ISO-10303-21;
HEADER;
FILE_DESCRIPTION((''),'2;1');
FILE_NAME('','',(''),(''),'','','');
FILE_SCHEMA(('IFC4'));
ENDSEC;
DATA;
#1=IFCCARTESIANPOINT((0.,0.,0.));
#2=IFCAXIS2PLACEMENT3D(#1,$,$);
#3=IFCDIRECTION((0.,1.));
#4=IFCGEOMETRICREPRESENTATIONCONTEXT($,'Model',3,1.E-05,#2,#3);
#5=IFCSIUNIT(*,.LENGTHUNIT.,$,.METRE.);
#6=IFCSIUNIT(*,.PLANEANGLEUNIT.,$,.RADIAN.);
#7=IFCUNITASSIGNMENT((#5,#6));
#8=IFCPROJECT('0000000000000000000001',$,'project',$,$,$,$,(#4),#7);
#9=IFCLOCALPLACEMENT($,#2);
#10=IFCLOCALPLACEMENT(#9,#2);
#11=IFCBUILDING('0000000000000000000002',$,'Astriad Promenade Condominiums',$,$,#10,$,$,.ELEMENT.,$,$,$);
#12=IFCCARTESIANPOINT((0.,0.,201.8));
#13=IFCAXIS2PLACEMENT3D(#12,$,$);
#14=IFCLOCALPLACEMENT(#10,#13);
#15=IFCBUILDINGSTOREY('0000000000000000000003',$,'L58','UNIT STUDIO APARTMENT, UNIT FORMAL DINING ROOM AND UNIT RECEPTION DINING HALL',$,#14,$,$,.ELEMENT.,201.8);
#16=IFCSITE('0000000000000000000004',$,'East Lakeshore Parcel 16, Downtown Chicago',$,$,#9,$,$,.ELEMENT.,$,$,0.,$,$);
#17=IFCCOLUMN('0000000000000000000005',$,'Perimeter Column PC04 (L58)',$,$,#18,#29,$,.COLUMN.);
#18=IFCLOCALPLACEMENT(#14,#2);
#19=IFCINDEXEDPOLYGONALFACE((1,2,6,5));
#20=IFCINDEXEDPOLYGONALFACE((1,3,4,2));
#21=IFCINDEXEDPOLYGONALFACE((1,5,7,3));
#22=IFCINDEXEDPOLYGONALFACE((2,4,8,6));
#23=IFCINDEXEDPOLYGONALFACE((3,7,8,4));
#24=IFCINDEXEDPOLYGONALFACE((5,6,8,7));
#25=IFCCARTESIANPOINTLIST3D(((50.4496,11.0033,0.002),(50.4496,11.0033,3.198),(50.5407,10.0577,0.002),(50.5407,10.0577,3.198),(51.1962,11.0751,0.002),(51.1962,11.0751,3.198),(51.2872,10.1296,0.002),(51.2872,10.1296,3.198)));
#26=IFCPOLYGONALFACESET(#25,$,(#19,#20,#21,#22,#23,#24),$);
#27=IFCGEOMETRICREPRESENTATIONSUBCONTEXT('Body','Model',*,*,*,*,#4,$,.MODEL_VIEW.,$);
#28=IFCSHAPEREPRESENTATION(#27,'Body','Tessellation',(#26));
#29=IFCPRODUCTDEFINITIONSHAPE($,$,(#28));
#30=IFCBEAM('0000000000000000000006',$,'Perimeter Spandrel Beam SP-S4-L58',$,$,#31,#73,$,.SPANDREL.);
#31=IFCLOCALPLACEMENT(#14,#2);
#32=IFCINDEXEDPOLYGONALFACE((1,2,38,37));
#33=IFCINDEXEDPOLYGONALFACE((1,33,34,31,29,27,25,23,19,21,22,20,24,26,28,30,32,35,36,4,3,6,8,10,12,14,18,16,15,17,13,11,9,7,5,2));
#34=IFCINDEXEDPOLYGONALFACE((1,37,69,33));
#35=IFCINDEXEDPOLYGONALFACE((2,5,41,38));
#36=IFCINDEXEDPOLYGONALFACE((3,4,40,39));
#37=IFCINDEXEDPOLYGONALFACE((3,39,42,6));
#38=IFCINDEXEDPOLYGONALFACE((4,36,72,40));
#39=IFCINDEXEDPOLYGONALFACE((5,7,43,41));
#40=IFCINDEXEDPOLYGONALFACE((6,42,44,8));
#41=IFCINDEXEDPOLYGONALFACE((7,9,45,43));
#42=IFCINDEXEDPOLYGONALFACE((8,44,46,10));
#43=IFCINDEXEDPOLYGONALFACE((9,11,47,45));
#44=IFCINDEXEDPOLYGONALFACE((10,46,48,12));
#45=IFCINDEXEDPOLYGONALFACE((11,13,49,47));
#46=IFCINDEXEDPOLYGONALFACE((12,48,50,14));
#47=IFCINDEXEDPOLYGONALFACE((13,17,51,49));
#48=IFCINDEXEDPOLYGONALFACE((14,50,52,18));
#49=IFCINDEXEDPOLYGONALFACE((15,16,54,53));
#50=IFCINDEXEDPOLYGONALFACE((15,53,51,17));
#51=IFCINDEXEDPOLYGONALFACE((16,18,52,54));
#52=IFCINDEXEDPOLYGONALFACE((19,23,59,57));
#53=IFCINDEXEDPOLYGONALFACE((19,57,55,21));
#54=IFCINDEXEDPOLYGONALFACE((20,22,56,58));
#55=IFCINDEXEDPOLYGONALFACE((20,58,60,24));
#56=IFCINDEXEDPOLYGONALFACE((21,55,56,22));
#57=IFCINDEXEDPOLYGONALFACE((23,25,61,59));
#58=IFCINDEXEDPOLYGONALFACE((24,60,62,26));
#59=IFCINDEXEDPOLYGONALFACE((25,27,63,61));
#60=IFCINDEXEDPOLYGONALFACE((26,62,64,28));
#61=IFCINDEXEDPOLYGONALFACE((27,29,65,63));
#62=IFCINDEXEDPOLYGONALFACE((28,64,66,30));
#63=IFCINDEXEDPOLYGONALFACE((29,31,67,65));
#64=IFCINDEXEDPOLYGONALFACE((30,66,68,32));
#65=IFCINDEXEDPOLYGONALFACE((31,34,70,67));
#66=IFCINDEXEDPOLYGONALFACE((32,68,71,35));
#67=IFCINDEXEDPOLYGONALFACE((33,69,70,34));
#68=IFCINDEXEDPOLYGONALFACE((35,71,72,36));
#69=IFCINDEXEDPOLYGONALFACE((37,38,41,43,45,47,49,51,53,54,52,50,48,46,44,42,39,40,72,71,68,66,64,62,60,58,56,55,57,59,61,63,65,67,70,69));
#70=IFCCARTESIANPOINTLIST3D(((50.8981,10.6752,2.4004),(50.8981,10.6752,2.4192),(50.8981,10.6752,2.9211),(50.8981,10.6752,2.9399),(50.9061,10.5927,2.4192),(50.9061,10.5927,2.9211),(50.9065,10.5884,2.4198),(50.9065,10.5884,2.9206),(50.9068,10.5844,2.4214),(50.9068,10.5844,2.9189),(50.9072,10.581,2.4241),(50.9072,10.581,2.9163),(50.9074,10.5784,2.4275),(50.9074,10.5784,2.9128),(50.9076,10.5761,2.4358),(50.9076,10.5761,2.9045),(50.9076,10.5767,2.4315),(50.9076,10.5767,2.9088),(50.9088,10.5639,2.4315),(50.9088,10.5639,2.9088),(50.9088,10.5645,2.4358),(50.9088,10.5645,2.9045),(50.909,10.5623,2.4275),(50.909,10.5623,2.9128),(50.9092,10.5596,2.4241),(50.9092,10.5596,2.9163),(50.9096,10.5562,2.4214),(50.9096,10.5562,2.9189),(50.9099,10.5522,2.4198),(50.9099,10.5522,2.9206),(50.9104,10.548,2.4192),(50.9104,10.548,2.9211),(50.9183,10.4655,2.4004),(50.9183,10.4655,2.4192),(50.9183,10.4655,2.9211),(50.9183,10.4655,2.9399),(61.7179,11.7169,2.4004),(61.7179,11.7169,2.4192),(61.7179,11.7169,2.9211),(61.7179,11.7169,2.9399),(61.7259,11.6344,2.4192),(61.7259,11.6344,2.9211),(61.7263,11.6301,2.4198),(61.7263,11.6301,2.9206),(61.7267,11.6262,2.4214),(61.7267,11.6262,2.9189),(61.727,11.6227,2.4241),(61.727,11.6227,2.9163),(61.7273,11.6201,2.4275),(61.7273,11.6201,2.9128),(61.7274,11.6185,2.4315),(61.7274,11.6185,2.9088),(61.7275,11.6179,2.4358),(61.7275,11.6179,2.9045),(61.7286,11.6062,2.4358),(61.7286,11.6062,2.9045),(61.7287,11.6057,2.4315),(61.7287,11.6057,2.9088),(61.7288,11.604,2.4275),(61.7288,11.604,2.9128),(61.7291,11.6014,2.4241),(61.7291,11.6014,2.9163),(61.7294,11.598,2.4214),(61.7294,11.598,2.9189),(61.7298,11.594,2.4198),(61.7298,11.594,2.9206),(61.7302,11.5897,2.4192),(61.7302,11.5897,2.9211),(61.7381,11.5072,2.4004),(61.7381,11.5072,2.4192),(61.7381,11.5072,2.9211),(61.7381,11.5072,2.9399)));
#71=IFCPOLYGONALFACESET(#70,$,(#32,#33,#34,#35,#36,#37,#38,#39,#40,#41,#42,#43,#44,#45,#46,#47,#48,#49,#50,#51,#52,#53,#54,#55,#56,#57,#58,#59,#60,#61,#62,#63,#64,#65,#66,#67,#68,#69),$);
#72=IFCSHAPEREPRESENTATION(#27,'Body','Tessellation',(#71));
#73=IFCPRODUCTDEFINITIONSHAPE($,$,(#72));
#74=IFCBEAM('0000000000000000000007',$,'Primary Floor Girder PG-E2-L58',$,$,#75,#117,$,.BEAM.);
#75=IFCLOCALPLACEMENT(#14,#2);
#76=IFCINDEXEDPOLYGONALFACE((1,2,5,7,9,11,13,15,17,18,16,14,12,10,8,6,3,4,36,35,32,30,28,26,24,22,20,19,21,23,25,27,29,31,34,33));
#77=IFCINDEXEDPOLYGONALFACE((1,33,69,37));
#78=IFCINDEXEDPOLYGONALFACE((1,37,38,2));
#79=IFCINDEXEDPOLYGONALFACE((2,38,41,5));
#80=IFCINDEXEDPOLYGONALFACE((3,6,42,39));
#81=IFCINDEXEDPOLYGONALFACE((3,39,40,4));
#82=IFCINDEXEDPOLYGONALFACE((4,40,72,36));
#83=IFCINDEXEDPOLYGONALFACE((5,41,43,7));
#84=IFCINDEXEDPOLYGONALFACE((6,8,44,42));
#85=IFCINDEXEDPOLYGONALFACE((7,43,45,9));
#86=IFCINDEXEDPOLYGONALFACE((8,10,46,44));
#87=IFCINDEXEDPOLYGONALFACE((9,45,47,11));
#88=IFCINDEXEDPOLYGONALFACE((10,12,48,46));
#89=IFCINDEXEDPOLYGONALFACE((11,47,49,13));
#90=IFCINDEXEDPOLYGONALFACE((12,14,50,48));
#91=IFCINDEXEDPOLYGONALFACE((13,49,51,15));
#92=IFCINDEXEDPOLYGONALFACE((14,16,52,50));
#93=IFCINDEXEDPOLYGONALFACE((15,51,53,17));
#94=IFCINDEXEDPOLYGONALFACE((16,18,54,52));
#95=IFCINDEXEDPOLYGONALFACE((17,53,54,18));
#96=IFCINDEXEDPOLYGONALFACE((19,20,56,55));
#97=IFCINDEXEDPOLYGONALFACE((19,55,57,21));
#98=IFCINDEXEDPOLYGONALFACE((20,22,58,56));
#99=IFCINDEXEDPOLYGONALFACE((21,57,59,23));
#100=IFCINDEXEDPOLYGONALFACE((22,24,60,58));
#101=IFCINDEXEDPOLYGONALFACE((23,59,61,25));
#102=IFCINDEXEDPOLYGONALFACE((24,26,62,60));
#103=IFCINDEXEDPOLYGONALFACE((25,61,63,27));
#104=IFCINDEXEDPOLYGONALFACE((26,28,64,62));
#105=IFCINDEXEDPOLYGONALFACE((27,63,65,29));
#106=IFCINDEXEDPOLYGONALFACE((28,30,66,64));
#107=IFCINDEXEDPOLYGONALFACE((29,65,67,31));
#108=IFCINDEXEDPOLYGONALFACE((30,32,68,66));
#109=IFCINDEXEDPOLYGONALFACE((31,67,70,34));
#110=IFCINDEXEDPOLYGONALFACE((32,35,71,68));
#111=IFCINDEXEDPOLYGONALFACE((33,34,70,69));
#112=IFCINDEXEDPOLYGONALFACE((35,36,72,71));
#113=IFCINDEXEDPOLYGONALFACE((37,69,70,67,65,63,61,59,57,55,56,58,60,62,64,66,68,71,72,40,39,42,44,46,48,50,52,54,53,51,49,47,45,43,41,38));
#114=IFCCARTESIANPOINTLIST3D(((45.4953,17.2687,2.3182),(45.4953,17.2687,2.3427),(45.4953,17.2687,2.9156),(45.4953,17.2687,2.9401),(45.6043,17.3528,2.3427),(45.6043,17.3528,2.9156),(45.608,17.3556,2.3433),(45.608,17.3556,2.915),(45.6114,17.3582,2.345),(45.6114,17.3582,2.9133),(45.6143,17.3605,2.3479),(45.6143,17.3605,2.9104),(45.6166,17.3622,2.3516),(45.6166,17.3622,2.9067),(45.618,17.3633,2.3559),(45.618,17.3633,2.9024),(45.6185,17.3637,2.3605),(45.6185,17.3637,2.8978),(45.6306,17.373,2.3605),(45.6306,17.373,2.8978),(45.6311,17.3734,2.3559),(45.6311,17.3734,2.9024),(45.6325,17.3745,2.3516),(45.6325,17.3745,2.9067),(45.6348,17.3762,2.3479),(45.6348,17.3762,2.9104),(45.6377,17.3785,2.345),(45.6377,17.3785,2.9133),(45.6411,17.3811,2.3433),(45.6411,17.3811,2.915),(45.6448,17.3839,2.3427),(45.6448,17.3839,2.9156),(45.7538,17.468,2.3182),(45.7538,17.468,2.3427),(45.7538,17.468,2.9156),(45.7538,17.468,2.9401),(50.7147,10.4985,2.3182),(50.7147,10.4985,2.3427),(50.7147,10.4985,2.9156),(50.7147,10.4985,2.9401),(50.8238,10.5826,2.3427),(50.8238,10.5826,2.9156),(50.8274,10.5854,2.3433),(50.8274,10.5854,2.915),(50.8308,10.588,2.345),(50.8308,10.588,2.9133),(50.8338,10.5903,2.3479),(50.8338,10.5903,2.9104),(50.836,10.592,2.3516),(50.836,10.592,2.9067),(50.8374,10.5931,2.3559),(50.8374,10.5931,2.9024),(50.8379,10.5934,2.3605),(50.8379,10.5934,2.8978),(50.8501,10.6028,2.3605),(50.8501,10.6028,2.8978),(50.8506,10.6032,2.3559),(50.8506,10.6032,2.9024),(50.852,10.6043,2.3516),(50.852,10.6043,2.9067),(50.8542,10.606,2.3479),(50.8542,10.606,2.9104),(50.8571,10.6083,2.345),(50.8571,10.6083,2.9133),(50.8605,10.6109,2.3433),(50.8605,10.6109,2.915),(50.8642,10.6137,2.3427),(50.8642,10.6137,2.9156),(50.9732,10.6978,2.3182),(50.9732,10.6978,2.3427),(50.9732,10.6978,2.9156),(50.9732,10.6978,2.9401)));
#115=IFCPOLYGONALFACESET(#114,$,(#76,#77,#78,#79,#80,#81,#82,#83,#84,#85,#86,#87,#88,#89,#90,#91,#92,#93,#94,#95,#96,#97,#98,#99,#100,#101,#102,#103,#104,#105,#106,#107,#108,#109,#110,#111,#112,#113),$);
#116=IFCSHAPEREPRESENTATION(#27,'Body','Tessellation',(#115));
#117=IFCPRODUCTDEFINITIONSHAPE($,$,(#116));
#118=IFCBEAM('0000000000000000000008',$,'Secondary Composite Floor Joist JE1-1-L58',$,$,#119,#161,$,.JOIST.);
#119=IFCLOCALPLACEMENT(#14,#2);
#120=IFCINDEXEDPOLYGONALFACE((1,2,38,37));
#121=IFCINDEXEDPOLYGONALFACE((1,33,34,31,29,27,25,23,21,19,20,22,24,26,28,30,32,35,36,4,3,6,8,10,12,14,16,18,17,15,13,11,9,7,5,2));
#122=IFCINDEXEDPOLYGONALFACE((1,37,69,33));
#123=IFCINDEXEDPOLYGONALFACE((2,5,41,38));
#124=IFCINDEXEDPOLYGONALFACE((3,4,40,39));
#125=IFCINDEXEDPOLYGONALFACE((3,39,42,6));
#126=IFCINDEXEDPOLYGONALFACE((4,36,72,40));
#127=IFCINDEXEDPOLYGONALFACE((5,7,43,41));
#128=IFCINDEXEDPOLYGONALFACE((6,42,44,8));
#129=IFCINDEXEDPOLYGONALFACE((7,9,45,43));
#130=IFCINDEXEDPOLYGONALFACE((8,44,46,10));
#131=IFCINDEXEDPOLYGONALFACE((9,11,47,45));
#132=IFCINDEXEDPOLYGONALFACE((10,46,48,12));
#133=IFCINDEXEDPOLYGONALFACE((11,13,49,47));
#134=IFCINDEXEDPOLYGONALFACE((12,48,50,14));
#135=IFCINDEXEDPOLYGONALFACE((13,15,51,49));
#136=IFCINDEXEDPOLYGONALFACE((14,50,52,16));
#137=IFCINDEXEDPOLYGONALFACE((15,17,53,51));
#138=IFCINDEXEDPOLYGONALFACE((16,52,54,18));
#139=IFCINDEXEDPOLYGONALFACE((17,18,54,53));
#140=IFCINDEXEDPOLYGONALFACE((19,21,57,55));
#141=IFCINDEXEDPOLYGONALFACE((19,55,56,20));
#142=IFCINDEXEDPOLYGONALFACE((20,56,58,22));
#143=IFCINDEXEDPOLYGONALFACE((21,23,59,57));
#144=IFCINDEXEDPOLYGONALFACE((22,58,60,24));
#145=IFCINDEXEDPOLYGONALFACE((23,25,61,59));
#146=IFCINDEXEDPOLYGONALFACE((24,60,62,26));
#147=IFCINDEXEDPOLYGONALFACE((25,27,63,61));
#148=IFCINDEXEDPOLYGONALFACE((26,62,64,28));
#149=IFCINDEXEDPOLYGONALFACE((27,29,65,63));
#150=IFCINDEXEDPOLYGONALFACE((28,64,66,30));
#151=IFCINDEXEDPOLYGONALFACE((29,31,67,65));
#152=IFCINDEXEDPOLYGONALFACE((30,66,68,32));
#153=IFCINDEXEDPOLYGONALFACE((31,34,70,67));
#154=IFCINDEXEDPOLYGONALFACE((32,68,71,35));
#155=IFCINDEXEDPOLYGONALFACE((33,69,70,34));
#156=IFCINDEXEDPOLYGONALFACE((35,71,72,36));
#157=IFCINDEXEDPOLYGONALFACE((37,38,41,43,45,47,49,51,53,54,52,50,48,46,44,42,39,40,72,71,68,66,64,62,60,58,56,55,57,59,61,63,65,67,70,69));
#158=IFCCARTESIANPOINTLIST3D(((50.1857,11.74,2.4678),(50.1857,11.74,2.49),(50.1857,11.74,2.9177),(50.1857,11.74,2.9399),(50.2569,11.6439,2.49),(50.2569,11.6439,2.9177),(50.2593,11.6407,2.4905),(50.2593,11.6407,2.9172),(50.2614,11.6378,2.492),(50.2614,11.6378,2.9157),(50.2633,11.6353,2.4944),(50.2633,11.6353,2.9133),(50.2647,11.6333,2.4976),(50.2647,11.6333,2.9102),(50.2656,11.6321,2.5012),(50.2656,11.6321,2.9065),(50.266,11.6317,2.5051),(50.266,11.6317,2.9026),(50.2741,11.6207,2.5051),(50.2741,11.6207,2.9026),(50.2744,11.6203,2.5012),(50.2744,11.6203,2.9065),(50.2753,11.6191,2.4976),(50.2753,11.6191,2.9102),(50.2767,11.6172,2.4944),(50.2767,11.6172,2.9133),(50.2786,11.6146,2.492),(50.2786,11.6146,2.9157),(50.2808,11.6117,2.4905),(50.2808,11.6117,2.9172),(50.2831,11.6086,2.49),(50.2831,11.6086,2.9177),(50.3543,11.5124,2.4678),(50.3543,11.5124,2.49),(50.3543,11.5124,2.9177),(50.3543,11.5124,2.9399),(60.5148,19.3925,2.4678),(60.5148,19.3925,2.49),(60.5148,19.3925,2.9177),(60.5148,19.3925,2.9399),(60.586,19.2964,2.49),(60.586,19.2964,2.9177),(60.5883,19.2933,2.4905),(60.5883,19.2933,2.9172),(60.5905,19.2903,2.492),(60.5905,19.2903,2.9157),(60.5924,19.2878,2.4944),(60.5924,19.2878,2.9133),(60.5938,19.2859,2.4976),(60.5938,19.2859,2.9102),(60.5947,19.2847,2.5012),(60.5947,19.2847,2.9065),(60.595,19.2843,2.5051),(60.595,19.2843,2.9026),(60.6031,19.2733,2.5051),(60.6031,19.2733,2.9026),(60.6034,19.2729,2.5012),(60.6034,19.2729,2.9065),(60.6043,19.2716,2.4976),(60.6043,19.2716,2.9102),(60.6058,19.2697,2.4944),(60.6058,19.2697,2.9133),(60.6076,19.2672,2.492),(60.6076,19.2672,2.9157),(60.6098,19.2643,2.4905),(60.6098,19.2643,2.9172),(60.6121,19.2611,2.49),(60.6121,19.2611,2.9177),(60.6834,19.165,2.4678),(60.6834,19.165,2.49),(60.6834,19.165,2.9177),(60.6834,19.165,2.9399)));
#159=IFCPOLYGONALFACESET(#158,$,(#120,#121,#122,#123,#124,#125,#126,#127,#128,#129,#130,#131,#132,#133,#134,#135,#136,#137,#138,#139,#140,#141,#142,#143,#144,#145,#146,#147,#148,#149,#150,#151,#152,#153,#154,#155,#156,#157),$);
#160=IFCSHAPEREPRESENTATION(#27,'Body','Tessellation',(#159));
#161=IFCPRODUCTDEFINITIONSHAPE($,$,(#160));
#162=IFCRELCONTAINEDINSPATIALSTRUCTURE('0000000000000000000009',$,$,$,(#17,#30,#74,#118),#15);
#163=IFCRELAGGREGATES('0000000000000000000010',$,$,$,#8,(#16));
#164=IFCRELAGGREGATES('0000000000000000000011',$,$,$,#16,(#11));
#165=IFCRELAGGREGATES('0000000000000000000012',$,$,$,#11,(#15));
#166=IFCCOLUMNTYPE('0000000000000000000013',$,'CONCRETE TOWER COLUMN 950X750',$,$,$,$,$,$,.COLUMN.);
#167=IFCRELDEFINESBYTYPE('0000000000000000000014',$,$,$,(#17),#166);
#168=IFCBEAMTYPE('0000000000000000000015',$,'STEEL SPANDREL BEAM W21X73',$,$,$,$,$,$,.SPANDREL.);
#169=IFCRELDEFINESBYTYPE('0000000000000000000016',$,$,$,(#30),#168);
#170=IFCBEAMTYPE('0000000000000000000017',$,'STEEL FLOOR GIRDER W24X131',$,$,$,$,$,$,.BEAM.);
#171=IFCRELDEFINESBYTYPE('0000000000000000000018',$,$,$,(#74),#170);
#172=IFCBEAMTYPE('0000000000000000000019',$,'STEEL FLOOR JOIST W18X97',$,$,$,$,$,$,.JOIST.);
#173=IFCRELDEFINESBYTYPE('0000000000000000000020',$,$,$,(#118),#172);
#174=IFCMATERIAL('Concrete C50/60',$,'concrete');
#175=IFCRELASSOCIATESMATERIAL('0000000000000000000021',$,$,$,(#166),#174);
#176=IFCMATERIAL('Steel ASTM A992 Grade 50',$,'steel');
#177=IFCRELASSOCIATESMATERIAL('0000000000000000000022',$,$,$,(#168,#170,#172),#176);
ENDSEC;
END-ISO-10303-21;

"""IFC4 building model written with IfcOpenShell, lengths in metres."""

from ifc_helpers import new_model, si_unit, direction, frame, origin, origin_2d, place, context, subcontext, project, spatial, rectangle, i_section, extrude, source, transform, mapped, material, material_profile, profile_set, type_object, type_shapes, element, save


model = new_model("IFC4")

# Units and contexts
model_context = context("Model", 3, precision=1e-05, world=origin(), true_north=direction((0.0, 1.0)))
body_context = subcontext(model_context, "Body", "Model", "MODEL_VIEW")
ifc_project = project(units=[si_unit("LENGTHUNIT", "METRE"), si_unit("PLANEANGLEUNIT", "RADIAN")], contexts=[model_context])

# Site, building, storey
site_placement = place(None, origin())
site = spatial("IfcSite", under=ifc_project, at=site_placement, Name="East Lakeshore Parcel 16, Downtown Chicago", CompositionType="ELEMENT", RefElevation=0.0)
building_placement = place(site_placement, origin())
building = spatial("IfcBuilding", under=site, at=building_placement, Name="Astriad Promenade Condominiums", CompositionType="ELEMENT")
storey_placement = place(building_placement, frame((0.0, 0.0, 201.8)))
storey = spatial("IfcBuildingStorey", under=building, at=storey_placement, Name="L58", Description="UNIT STUDIO APARTMENT, UNIT FORMAL DINING ROOM AND UNIT RECEPTION DINING HALL", CompositionType="ELEMENT", Elevation=201.8)

# Column
ifc_material_1 = material(Name="Concrete C50/60", Category="concrete")
ifc_material_profile_1 = material_profile(ifc_material_1, rectangle(XDim=0.75, YDim=0.95, at=origin_2d()), Name="RC-COL-950X750")
ifc_profile_set_1 = profile_set([ifc_material_profile_1], Name="Concrete C50/60")
column_type = type_object("IfcColumnType", Name="CONCRETE TOWER COLUMN 950X750", PredefinedType="COLUMN", material=ifc_profile_set_1)
shared_shape_1 = source(origin(), body_context, "Body", "SweptSolid", [
    extrude(rectangle(XDim=0.75, YDim=0.95, at=origin_2d()), origin(), (0.0, 0.0, 1.0), 3.196),
])
type_shapes(column_type, [shared_shape_1])
column_placement = place(storey_placement, frame((50.8684, 10.5664, 0.002), z_axis=(0.0, 0.0, 1.0), x_axis=(0.995396, 0.095846, 0.0)))
element("IfcColumn", 1, at=column_placement, inside=storey, type_object=column_type, Name="Perimeter Column PC04 (L58)", PredefinedType="COLUMN", context=body_context, shape_type="MappedRepresentation", body=[
    mapped(shared_shape_1, transform((0.0, 0.0, 0.0), scale=1.0)),
])

# Beams
ifc_material_2 = material(Name="Steel ASTM A992 Grade 50", Category="steel")
ifc_material_profile_2 = material_profile(ifc_material_2, i_section(OverallWidth=0.2107, OverallDepth=0.5396, WebThickness=0.0117, FlangeThickness=0.0188, FilletRadius=0.0166, at=origin_2d()), Name="W21X73")
ifc_profile_set_2 = profile_set([ifc_material_profile_2], Name="Steel ASTM A992 Grade 50")
beam_type_1 = type_object("IfcBeamType", Name="STEEL SPANDREL BEAM W21X73", PredefinedType="SPANDREL", material=ifc_profile_set_2)
shared_shape_2 = source(origin(), body_context, "Body", "SweptSolid", [
    extrude(i_section(OverallWidth=0.2107, OverallDepth=0.5396, WebThickness=0.0117, FlangeThickness=0.0188, FilletRadius=0.0166, at=origin_2d()), origin(), (0.0, 0.0, 1.0), 10.8699),
])
type_shapes(beam_type_1, [shared_shape_2])
beam_1_placement = place(storey_placement, frame((50.9082, 10.5703, 2.6702), z_axis=(0.995397, 0.095838, 0.0), x_axis=(-0.095838, 0.995397, 0.0)))
element("IfcBeam", 2, at=beam_1_placement, inside=storey, type_object=beam_type_1, Name="Perimeter Spandrel Beam SP-S4-L58", PredefinedType="SPANDREL", context=body_context, shape_type="MappedRepresentation", body=[
    mapped(shared_shape_2, transform((0.0, 0.0, 0.0), scale=1.0)),
])
ifc_material_profile_3 = material_profile(ifc_material_2, i_section(OverallWidth=0.3264, OverallDepth=0.6218, WebThickness=0.0154, FlangeThickness=0.0244, FilletRadius=0.0178, at=origin_2d()), Name="W24X131")
ifc_profile_set_3 = profile_set([ifc_material_profile_3], Name="Steel ASTM A992 Grade 50")
beam_type_2 = type_object("IfcBeamType", Name="STEEL FLOOR GIRDER W24X131", PredefinedType="BEAM", material=ifc_profile_set_3)
shared_shape_3 = source(origin(), body_context, "Body", "SweptSolid", [
    extrude(i_section(OverallWidth=0.3264, OverallDepth=0.6218, WebThickness=0.0154, FlangeThickness=0.0244, FilletRadius=0.0178, at=origin_2d()), origin(), (0.0, 0.0, 1.0), 8.5486),
])
type_shapes(beam_type_2, [shared_shape_3])
beam_2_placement = place(storey_placement, frame((50.844, 10.5981, 2.6292), z_axis=(-0.610562, 0.791968, 0.0), x_axis=(-0.791968, -0.610562, 0.0)))
element("IfcBeam", 3, at=beam_2_placement, inside=storey, type_object=beam_type_2, Name="Primary Floor Girder PG-E2-L58", PredefinedType="BEAM", context=body_context, shape_type="MappedRepresentation", body=[
    mapped(shared_shape_3, transform((0.0, 0.0, 0.0), scale=1.0)),
])
ifc_material_profile_4 = material_profile(ifc_material_2, i_section(OverallWidth=0.2832, OverallDepth=0.4722, WebThickness=0.0137, FlangeThickness=0.0222, FilletRadius=0.0151, at=origin_2d()), Name="W18X97")
ifc_profile_set_4 = profile_set([ifc_material_profile_4], Name="Steel ASTM A992 Grade 50")
beam_type_3 = type_object("IfcBeamType", Name="STEEL FLOOR JOIST W18X97", PredefinedType="JOIST", material=ifc_profile_set_4)
shared_shape_4 = source(origin(), body_context, "Body", "SweptSolid", [
    extrude(i_section(OverallWidth=0.2832, OverallDepth=0.4722, WebThickness=0.0137, FlangeThickness=0.0222, FilletRadius=0.0151, at=origin_2d()), origin(), (0.0, 0.0, 1.0), 12.855),
])
beam_3_placement = place(storey_placement, frame((50.27, 11.6262, 2.7039), z_axis=(0.803505, 0.595298, 0.0), x_axis=(-0.595298, 0.803505, 0.0)))
element("IfcBeam", 4, at=beam_3_placement, inside=storey, type_object=beam_type_3, Name="Secondary Composite Floor Joist JE1-1-L58", PredefinedType="JOIST", context=body_context, shape_type="MappedRepresentation", body=[
    mapped(shared_shape_4, transform((0.0, 0.0, 0.0), scale=1.0)),
])

save(model, "model.ifc")
